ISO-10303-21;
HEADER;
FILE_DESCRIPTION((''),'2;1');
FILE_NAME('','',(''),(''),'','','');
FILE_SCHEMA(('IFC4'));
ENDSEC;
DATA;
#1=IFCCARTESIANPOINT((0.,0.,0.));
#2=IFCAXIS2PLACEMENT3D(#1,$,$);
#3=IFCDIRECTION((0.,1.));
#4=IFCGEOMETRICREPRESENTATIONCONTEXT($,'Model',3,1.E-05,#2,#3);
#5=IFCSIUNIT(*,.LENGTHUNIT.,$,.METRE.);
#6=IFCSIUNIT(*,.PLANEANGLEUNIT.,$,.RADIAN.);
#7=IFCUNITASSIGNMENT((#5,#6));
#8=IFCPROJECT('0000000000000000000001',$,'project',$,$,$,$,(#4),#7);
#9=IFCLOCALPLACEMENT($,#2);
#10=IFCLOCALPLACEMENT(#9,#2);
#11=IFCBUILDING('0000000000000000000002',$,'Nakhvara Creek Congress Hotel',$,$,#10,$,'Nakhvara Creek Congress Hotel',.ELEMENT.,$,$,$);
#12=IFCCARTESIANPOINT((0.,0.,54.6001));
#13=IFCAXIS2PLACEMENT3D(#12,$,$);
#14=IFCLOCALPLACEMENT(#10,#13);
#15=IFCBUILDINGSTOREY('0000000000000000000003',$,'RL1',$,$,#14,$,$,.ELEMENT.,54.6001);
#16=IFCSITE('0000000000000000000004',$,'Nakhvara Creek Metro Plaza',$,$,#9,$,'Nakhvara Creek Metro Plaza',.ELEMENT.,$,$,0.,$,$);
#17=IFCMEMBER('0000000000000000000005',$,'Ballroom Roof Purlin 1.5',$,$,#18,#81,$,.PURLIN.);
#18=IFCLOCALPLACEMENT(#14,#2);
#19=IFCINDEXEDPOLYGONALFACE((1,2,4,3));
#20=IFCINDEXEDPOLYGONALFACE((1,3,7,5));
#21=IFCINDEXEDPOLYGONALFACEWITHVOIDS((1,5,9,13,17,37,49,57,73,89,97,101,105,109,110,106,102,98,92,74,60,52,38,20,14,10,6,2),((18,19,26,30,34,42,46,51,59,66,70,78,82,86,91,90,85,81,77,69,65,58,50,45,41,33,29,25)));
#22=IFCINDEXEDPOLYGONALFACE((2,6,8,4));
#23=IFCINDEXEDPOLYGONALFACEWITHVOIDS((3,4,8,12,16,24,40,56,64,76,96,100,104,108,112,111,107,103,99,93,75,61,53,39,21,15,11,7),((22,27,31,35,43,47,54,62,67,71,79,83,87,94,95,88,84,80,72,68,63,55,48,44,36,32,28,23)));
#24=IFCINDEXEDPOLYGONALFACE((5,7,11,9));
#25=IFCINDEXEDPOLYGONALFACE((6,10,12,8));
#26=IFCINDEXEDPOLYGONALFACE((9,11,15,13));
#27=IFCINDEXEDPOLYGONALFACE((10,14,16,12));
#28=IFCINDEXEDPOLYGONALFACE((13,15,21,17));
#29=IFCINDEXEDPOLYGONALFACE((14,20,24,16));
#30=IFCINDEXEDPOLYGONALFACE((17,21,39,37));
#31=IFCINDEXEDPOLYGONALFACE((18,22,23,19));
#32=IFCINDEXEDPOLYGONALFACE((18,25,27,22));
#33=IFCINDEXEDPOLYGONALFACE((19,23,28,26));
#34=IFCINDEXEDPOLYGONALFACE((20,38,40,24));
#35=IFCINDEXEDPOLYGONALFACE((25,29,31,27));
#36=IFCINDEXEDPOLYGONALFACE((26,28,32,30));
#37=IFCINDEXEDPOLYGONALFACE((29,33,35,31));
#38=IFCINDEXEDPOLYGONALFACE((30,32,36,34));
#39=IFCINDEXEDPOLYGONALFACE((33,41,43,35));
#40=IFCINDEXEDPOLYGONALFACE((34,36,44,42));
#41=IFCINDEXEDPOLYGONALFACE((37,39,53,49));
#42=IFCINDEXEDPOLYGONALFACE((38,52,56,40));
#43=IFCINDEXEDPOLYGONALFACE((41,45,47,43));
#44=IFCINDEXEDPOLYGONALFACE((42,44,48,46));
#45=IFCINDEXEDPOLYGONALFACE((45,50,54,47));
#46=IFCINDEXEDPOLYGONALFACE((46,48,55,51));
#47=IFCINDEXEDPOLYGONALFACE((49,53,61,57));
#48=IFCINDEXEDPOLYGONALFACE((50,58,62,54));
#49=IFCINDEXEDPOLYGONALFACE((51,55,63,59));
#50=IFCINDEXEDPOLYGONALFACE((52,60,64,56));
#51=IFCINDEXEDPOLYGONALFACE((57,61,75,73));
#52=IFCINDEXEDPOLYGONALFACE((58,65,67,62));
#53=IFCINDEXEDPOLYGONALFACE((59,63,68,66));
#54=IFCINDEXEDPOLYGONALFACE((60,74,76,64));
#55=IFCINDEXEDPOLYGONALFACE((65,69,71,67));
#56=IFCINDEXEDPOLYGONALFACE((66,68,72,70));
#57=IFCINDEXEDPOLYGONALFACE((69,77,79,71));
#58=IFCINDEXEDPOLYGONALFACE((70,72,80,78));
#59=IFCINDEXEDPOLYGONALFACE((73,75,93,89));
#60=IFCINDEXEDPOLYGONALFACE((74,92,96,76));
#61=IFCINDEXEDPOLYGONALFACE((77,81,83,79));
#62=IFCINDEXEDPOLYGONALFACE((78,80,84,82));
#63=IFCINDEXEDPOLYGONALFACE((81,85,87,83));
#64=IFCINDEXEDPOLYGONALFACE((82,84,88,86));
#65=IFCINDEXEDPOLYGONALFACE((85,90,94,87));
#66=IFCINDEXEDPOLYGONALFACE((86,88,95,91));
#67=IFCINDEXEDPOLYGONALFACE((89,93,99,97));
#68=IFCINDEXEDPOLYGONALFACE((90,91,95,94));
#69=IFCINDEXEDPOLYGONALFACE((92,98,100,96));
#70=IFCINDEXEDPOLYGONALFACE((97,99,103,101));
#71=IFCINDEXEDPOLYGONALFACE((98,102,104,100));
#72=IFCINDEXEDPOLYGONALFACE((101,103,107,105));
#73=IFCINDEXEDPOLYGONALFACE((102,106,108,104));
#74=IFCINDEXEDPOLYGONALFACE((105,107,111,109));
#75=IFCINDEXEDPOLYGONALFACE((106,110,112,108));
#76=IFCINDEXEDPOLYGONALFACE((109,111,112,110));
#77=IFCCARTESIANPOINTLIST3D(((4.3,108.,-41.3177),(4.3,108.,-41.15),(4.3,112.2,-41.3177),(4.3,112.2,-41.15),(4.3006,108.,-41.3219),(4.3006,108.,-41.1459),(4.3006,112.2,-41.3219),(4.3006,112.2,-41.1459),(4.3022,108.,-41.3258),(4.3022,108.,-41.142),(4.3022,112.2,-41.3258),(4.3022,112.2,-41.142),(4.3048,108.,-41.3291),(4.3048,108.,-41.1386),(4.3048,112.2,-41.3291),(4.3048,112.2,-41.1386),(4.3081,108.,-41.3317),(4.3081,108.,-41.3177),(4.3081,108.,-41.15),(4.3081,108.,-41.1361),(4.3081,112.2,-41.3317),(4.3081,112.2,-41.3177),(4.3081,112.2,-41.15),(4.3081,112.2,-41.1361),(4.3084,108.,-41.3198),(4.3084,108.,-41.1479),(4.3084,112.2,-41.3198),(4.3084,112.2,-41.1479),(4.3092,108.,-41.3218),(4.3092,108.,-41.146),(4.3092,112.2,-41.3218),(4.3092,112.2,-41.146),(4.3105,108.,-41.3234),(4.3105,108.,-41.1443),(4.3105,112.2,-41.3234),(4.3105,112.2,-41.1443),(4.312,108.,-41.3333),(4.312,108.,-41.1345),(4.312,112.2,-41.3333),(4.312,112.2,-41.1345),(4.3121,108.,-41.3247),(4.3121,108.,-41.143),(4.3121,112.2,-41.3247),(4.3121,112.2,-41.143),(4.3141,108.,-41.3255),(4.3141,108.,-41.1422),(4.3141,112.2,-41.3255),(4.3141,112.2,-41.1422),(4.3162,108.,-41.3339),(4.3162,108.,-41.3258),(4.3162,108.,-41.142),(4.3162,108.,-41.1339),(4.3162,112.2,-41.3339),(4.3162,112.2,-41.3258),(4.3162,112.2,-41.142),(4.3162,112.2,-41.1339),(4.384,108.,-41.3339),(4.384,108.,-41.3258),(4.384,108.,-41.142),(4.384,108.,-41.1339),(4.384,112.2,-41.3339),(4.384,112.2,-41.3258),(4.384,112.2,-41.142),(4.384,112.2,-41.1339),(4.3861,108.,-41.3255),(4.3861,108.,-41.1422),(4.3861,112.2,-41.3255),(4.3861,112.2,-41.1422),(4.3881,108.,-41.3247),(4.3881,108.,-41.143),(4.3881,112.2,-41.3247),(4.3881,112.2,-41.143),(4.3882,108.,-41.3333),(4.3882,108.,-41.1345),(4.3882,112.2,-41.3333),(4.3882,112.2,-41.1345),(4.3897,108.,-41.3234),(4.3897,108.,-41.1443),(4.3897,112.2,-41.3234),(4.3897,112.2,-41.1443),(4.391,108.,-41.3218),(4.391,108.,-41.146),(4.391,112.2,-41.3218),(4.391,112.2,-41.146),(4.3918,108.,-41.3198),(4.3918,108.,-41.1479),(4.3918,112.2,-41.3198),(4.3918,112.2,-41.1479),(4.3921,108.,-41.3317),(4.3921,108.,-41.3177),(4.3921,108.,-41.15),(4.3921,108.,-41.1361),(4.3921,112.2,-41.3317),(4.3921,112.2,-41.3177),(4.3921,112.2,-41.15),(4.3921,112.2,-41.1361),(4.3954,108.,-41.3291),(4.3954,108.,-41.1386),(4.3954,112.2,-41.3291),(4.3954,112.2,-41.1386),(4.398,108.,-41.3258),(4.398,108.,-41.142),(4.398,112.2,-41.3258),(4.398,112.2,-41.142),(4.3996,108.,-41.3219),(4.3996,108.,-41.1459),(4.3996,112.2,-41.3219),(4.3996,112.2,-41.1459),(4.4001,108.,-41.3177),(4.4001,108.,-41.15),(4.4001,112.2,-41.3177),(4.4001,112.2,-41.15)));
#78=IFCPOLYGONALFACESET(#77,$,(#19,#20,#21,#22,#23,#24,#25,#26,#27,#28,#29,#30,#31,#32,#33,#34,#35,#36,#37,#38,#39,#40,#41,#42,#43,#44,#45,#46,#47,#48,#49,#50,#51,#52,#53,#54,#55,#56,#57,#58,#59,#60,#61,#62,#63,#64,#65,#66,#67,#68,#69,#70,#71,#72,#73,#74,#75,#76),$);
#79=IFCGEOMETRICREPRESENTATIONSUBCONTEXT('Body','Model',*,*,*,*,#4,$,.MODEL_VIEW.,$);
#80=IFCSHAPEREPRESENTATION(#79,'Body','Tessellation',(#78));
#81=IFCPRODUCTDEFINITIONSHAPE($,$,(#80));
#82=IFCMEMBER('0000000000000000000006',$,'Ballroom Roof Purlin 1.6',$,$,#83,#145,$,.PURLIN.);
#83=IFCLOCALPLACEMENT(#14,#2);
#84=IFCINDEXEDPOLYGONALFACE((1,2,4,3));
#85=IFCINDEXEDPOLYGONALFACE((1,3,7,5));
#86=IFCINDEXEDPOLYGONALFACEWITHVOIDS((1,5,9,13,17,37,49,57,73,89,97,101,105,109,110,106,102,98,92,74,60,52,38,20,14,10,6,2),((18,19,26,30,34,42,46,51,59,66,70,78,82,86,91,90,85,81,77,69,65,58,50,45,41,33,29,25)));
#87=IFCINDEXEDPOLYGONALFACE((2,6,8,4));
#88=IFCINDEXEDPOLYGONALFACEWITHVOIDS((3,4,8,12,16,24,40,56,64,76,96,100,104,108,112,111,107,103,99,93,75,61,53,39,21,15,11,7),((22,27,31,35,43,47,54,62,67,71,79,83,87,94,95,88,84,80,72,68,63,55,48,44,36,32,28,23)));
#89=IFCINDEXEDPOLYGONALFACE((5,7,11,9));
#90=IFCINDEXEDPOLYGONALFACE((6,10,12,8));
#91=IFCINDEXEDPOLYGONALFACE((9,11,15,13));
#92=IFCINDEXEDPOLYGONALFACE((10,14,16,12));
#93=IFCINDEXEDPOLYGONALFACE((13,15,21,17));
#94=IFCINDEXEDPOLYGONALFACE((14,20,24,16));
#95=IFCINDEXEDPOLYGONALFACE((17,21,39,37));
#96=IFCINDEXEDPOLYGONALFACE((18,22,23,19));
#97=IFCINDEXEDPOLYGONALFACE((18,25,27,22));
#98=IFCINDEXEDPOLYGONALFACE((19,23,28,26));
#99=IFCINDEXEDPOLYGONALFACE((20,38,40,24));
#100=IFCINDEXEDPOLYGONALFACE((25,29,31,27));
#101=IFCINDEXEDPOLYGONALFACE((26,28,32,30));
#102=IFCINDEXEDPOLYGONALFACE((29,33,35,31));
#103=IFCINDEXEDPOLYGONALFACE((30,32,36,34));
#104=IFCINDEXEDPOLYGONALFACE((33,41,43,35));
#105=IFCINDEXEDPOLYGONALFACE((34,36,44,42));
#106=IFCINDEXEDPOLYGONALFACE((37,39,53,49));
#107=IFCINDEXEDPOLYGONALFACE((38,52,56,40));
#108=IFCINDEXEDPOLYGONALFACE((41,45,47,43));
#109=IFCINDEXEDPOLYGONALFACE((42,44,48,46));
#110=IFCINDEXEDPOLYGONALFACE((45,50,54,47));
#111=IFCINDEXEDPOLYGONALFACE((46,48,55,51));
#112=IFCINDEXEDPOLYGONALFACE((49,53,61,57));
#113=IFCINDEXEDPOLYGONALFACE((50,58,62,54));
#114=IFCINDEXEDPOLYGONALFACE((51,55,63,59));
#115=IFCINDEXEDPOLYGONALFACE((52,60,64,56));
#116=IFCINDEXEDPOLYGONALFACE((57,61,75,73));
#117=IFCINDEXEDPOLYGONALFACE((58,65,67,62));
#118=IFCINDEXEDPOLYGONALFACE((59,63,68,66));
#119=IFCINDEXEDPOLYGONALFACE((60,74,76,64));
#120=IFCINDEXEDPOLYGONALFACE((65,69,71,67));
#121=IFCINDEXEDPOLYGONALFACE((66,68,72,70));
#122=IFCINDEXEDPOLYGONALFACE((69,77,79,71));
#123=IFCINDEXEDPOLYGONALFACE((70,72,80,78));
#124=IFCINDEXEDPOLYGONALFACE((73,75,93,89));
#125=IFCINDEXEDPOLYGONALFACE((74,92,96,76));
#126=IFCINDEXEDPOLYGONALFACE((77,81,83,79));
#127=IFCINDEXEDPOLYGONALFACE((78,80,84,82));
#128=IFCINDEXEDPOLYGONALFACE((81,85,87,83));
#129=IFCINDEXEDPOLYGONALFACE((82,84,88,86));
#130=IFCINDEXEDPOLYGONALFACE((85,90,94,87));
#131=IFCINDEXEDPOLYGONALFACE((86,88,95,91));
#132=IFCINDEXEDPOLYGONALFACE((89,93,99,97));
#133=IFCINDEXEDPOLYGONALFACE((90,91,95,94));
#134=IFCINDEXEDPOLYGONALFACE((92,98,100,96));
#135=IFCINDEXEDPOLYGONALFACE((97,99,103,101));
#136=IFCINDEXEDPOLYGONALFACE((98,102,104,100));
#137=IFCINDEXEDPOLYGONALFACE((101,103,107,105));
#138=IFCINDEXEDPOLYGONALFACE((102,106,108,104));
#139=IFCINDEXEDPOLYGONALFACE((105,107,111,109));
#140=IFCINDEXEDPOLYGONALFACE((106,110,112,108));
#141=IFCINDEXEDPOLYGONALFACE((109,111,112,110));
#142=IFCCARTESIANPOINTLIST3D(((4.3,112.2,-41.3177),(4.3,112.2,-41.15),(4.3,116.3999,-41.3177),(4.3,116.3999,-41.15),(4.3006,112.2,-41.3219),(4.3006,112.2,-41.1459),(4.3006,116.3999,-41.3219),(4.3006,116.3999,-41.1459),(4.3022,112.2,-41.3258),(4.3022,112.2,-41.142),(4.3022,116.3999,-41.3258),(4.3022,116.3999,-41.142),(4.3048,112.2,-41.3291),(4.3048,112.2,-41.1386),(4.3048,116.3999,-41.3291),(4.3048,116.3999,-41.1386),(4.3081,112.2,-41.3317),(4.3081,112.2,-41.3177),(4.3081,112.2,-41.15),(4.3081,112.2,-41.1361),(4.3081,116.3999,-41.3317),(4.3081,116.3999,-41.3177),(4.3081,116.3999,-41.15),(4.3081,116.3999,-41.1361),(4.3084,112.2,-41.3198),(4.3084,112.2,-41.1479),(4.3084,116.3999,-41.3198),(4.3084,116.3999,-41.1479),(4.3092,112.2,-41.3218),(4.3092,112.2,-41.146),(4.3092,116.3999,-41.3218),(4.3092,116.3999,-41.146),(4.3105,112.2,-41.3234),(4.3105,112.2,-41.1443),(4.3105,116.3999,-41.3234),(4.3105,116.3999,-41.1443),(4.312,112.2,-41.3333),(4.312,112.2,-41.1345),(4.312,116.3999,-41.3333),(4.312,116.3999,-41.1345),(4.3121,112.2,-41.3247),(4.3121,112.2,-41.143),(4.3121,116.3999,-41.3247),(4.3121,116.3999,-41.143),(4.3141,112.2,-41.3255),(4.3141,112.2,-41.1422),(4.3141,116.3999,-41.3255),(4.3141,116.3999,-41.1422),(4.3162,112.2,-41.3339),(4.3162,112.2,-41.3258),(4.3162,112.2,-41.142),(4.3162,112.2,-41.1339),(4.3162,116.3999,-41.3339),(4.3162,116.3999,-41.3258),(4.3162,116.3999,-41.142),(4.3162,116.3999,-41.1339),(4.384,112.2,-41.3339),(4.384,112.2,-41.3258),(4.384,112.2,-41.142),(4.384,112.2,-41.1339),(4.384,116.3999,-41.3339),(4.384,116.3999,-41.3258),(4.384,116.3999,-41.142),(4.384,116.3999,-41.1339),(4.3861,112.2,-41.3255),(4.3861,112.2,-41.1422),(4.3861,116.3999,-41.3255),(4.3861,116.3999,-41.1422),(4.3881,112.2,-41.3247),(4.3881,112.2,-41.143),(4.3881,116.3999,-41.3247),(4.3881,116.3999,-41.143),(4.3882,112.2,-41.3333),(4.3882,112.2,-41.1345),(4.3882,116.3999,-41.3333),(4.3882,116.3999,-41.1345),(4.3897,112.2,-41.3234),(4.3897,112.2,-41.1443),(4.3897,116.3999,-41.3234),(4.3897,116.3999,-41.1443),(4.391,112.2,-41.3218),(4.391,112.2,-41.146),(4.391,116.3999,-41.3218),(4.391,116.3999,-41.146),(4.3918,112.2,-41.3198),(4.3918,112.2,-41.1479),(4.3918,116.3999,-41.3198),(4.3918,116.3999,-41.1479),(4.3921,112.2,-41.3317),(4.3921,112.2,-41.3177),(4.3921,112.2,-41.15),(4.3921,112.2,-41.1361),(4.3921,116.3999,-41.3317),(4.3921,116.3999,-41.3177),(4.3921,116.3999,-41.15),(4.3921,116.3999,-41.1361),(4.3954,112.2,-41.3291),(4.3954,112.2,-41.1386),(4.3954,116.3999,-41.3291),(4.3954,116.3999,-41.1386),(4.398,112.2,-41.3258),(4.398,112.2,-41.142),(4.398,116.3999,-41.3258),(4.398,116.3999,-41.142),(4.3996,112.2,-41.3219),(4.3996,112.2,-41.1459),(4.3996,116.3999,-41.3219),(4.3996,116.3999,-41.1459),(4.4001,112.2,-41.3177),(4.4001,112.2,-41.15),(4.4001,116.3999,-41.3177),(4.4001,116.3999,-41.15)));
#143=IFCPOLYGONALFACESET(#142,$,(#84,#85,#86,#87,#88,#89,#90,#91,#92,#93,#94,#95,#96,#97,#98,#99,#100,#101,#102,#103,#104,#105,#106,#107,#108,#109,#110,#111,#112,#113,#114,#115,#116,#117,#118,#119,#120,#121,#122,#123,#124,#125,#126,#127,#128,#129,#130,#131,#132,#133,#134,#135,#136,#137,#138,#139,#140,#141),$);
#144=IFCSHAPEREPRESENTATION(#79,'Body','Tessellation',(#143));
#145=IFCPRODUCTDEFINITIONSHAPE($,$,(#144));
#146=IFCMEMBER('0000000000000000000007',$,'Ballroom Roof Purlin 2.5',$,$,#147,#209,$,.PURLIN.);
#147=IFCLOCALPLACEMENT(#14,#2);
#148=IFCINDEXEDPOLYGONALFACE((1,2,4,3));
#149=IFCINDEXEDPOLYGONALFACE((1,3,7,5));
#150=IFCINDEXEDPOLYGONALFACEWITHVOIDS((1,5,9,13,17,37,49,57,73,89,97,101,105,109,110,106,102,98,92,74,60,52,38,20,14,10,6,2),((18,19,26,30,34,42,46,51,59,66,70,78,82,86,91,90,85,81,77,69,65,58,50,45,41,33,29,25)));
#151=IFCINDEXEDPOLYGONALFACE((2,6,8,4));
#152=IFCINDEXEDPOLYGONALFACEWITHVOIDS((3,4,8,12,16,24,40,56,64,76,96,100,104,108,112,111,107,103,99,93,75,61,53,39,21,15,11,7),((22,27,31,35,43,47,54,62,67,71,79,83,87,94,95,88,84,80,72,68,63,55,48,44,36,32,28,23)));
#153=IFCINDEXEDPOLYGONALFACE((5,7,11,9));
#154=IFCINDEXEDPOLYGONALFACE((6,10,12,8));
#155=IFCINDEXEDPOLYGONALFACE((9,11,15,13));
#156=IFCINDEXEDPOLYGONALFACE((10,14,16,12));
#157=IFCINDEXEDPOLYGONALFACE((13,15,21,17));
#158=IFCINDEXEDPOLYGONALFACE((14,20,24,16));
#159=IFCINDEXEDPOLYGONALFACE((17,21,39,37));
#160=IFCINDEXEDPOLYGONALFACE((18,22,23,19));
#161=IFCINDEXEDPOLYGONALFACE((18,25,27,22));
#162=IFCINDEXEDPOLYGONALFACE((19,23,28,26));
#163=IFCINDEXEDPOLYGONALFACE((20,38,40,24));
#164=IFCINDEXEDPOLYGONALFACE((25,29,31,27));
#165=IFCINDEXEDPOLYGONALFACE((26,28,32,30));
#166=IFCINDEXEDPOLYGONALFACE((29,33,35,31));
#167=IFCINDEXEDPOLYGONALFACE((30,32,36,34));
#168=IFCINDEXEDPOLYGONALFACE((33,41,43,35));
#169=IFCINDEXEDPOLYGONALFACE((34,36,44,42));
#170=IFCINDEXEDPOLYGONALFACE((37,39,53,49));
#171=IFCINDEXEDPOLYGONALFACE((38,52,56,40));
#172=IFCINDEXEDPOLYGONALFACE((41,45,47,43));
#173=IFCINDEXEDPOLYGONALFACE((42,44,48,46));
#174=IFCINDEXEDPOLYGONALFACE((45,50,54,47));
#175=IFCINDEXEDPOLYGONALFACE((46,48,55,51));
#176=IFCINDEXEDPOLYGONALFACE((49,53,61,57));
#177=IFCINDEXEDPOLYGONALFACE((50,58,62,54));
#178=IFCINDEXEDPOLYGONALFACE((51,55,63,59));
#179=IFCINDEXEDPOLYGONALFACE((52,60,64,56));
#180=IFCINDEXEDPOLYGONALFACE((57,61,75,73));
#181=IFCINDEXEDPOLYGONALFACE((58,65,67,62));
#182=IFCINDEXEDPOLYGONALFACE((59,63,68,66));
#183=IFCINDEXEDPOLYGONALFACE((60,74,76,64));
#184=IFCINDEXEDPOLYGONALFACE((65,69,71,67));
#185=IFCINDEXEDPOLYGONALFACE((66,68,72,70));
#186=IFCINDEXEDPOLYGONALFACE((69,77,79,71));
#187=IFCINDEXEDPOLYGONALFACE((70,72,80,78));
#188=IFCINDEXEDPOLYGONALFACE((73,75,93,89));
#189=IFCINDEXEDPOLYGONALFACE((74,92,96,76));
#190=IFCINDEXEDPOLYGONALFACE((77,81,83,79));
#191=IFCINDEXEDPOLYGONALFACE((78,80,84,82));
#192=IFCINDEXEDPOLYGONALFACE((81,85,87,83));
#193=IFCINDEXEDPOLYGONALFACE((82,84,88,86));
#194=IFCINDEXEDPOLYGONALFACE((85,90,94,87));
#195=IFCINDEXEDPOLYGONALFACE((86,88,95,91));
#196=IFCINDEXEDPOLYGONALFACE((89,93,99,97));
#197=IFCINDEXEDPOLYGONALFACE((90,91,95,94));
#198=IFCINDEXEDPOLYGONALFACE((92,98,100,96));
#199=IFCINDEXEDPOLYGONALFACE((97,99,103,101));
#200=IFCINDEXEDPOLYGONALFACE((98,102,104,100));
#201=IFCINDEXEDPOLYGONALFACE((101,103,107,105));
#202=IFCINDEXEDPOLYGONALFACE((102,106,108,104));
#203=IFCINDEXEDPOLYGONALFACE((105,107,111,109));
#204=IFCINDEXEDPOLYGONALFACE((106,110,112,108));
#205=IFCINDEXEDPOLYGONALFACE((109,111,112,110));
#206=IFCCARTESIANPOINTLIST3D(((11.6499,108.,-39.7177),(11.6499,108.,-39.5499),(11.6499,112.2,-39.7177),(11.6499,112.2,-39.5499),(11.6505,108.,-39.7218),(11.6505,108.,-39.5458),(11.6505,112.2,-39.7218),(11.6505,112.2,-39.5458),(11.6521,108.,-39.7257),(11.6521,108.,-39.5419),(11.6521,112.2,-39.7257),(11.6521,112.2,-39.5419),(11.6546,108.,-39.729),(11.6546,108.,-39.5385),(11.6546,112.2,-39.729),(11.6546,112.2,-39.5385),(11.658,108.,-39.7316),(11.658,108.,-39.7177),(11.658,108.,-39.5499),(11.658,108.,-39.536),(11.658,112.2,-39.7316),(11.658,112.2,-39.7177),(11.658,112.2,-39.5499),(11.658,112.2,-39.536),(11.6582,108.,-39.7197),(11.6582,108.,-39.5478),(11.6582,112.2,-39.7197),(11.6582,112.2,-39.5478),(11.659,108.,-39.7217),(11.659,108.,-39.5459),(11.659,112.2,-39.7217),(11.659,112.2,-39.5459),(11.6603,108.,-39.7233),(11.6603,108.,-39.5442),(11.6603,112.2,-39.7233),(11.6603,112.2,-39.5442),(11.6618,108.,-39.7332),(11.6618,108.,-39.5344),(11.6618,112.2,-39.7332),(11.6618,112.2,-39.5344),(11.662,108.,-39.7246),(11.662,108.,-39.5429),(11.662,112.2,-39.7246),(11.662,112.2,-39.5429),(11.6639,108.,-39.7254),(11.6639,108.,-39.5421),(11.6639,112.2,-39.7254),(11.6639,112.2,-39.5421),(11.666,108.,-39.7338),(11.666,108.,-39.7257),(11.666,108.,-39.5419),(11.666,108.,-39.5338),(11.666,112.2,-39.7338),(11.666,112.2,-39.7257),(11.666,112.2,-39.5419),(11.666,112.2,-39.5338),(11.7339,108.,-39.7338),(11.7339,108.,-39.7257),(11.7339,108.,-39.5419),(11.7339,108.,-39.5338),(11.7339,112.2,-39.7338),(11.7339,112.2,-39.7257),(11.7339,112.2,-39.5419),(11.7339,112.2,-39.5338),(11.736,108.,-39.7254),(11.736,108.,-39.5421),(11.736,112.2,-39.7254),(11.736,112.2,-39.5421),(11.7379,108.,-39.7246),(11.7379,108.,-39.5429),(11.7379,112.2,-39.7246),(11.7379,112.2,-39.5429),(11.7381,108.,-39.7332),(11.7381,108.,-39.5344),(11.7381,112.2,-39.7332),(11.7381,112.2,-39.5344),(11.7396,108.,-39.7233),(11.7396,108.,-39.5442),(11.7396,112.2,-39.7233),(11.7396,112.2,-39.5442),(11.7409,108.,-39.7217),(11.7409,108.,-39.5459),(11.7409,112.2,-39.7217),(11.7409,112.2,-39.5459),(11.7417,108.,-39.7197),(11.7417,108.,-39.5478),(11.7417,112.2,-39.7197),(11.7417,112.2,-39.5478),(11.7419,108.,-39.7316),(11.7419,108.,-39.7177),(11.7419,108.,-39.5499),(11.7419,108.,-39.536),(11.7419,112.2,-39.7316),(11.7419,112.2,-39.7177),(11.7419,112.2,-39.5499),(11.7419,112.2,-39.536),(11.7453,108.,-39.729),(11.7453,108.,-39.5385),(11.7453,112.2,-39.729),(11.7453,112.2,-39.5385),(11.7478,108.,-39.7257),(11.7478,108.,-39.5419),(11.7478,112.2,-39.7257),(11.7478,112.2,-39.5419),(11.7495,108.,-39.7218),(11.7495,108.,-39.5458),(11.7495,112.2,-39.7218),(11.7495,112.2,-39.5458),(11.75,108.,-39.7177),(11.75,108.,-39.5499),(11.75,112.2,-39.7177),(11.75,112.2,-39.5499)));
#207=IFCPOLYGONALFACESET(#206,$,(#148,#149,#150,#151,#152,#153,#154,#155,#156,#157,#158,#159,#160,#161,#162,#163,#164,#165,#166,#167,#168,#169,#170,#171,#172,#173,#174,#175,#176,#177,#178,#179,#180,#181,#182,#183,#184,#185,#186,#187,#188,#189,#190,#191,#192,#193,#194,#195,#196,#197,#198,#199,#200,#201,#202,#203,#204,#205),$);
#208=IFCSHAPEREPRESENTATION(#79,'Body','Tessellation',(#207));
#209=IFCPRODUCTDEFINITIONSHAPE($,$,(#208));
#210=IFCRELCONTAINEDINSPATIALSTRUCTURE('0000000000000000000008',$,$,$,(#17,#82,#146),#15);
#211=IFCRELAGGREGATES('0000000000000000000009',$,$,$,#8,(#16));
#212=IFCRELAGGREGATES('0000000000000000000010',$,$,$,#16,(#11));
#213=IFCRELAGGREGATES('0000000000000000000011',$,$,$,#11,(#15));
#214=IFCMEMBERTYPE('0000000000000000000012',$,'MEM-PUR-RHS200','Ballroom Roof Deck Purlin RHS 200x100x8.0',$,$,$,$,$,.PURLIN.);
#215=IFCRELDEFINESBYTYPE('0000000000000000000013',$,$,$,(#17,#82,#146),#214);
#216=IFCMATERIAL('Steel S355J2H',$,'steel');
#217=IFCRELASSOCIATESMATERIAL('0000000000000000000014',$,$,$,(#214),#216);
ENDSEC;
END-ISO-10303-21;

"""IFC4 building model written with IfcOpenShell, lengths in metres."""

from ifc_helpers import new_model, si_unit, direction, frame, origin, origin_2d, place, context, subcontext, project, spatial, hollow_rectangle, extrude, material, material_profile, profile_set, type_object, element, save


model = new_model("IFC4")

# Units and contexts
model_context = context("Model", 3, precision=1e-05, world=origin(), true_north=direction((0.0, 1.0)))
body_context = subcontext(model_context, "Body", "Model", "MODEL_VIEW")
ifc_project = project(units=[si_unit("LENGTHUNIT", "METRE"), si_unit("PLANEANGLEUNIT", "RADIAN")], contexts=[model_context])

# Site, building, storey
site_placement = place(None, origin())
site = spatial("IfcSite", under=ifc_project, at=site_placement, Name="Nakhvara Creek Metro Plaza", LongName="Nakhvara Creek Metro Plaza", CompositionType="ELEMENT", RefElevation=0.0)
building_placement = place(site_placement, origin())
building = spatial("IfcBuilding", under=site, at=building_placement, Name="Nakhvara Creek Congress Hotel", LongName="Nakhvara Creek Congress Hotel", CompositionType="ELEMENT")
storey_placement = place(building_placement, frame((0.0, 0.0, 54.6001)))
storey = spatial("IfcBuildingStorey", under=building, at=storey_placement, Name="RL1", CompositionType="ELEMENT", Elevation=54.6001)

# Members
ifc_material_1 = material(Name="Steel S355J2H", Category="steel")
ifc_material_profile_1 = material_profile(ifc_material_1, hollow_rectangle(XDim=0.1001, YDim=0.2, WallThickness=0.0081, InnerFilletRadius=0.0081, OuterFilletRadius=0.0161, at=origin_2d()), Name="RHS 200x100x8.0", Category="LoadBearing")
ifc_profile_set_1 = profile_set([ifc_material_profile_1], Name="Steel S355J2H")
member_type_1 = type_object("IfcMemberType", Name="MEM-PUR-RHS200", Description="Ballroom Roof Deck Purlin RHS 200x100x8.0", PredefinedType="PURLIN", material=ifc_profile_set_1)
for number, where, z_axis, x_axis, name in (
    (1, (4.3501, 108.0, -41.2339), (0.0, 1.0, 0.0), (-1.0, 0.0, 0.0), "Ballroom Roof Purlin 1.5"),
    (2, (4.3501, 112.2, -41.2339), (0.0, 1.0, 0.0), (-1.0, 0.0, 0.0), "Ballroom Roof Purlin 1.6"),
    (3, (11.7, 108.0, -39.6338), (0.0, 1.0, 0.0), (-1.0, 0.0, 0.0), "Ballroom Roof Purlin 2.5"),
):
    element("IfcMember", number, at=place(storey_placement, frame(where, z_axis=z_axis, x_axis=x_axis)), inside=storey, type_object=member_type_1, Name=name, PredefinedType="PURLIN", context=body_context, shape_type="SweptSolid", body=[
        extrude(hollow_rectangle(XDim=0.1001, YDim=0.2, WallThickness=0.0081, InnerFilletRadius=0.0081, OuterFilletRadius=0.0161, at=origin_2d()), origin(), (0.0, 0.0, 1.0), 4.2),
    ])

save(model, "model.ifc")
